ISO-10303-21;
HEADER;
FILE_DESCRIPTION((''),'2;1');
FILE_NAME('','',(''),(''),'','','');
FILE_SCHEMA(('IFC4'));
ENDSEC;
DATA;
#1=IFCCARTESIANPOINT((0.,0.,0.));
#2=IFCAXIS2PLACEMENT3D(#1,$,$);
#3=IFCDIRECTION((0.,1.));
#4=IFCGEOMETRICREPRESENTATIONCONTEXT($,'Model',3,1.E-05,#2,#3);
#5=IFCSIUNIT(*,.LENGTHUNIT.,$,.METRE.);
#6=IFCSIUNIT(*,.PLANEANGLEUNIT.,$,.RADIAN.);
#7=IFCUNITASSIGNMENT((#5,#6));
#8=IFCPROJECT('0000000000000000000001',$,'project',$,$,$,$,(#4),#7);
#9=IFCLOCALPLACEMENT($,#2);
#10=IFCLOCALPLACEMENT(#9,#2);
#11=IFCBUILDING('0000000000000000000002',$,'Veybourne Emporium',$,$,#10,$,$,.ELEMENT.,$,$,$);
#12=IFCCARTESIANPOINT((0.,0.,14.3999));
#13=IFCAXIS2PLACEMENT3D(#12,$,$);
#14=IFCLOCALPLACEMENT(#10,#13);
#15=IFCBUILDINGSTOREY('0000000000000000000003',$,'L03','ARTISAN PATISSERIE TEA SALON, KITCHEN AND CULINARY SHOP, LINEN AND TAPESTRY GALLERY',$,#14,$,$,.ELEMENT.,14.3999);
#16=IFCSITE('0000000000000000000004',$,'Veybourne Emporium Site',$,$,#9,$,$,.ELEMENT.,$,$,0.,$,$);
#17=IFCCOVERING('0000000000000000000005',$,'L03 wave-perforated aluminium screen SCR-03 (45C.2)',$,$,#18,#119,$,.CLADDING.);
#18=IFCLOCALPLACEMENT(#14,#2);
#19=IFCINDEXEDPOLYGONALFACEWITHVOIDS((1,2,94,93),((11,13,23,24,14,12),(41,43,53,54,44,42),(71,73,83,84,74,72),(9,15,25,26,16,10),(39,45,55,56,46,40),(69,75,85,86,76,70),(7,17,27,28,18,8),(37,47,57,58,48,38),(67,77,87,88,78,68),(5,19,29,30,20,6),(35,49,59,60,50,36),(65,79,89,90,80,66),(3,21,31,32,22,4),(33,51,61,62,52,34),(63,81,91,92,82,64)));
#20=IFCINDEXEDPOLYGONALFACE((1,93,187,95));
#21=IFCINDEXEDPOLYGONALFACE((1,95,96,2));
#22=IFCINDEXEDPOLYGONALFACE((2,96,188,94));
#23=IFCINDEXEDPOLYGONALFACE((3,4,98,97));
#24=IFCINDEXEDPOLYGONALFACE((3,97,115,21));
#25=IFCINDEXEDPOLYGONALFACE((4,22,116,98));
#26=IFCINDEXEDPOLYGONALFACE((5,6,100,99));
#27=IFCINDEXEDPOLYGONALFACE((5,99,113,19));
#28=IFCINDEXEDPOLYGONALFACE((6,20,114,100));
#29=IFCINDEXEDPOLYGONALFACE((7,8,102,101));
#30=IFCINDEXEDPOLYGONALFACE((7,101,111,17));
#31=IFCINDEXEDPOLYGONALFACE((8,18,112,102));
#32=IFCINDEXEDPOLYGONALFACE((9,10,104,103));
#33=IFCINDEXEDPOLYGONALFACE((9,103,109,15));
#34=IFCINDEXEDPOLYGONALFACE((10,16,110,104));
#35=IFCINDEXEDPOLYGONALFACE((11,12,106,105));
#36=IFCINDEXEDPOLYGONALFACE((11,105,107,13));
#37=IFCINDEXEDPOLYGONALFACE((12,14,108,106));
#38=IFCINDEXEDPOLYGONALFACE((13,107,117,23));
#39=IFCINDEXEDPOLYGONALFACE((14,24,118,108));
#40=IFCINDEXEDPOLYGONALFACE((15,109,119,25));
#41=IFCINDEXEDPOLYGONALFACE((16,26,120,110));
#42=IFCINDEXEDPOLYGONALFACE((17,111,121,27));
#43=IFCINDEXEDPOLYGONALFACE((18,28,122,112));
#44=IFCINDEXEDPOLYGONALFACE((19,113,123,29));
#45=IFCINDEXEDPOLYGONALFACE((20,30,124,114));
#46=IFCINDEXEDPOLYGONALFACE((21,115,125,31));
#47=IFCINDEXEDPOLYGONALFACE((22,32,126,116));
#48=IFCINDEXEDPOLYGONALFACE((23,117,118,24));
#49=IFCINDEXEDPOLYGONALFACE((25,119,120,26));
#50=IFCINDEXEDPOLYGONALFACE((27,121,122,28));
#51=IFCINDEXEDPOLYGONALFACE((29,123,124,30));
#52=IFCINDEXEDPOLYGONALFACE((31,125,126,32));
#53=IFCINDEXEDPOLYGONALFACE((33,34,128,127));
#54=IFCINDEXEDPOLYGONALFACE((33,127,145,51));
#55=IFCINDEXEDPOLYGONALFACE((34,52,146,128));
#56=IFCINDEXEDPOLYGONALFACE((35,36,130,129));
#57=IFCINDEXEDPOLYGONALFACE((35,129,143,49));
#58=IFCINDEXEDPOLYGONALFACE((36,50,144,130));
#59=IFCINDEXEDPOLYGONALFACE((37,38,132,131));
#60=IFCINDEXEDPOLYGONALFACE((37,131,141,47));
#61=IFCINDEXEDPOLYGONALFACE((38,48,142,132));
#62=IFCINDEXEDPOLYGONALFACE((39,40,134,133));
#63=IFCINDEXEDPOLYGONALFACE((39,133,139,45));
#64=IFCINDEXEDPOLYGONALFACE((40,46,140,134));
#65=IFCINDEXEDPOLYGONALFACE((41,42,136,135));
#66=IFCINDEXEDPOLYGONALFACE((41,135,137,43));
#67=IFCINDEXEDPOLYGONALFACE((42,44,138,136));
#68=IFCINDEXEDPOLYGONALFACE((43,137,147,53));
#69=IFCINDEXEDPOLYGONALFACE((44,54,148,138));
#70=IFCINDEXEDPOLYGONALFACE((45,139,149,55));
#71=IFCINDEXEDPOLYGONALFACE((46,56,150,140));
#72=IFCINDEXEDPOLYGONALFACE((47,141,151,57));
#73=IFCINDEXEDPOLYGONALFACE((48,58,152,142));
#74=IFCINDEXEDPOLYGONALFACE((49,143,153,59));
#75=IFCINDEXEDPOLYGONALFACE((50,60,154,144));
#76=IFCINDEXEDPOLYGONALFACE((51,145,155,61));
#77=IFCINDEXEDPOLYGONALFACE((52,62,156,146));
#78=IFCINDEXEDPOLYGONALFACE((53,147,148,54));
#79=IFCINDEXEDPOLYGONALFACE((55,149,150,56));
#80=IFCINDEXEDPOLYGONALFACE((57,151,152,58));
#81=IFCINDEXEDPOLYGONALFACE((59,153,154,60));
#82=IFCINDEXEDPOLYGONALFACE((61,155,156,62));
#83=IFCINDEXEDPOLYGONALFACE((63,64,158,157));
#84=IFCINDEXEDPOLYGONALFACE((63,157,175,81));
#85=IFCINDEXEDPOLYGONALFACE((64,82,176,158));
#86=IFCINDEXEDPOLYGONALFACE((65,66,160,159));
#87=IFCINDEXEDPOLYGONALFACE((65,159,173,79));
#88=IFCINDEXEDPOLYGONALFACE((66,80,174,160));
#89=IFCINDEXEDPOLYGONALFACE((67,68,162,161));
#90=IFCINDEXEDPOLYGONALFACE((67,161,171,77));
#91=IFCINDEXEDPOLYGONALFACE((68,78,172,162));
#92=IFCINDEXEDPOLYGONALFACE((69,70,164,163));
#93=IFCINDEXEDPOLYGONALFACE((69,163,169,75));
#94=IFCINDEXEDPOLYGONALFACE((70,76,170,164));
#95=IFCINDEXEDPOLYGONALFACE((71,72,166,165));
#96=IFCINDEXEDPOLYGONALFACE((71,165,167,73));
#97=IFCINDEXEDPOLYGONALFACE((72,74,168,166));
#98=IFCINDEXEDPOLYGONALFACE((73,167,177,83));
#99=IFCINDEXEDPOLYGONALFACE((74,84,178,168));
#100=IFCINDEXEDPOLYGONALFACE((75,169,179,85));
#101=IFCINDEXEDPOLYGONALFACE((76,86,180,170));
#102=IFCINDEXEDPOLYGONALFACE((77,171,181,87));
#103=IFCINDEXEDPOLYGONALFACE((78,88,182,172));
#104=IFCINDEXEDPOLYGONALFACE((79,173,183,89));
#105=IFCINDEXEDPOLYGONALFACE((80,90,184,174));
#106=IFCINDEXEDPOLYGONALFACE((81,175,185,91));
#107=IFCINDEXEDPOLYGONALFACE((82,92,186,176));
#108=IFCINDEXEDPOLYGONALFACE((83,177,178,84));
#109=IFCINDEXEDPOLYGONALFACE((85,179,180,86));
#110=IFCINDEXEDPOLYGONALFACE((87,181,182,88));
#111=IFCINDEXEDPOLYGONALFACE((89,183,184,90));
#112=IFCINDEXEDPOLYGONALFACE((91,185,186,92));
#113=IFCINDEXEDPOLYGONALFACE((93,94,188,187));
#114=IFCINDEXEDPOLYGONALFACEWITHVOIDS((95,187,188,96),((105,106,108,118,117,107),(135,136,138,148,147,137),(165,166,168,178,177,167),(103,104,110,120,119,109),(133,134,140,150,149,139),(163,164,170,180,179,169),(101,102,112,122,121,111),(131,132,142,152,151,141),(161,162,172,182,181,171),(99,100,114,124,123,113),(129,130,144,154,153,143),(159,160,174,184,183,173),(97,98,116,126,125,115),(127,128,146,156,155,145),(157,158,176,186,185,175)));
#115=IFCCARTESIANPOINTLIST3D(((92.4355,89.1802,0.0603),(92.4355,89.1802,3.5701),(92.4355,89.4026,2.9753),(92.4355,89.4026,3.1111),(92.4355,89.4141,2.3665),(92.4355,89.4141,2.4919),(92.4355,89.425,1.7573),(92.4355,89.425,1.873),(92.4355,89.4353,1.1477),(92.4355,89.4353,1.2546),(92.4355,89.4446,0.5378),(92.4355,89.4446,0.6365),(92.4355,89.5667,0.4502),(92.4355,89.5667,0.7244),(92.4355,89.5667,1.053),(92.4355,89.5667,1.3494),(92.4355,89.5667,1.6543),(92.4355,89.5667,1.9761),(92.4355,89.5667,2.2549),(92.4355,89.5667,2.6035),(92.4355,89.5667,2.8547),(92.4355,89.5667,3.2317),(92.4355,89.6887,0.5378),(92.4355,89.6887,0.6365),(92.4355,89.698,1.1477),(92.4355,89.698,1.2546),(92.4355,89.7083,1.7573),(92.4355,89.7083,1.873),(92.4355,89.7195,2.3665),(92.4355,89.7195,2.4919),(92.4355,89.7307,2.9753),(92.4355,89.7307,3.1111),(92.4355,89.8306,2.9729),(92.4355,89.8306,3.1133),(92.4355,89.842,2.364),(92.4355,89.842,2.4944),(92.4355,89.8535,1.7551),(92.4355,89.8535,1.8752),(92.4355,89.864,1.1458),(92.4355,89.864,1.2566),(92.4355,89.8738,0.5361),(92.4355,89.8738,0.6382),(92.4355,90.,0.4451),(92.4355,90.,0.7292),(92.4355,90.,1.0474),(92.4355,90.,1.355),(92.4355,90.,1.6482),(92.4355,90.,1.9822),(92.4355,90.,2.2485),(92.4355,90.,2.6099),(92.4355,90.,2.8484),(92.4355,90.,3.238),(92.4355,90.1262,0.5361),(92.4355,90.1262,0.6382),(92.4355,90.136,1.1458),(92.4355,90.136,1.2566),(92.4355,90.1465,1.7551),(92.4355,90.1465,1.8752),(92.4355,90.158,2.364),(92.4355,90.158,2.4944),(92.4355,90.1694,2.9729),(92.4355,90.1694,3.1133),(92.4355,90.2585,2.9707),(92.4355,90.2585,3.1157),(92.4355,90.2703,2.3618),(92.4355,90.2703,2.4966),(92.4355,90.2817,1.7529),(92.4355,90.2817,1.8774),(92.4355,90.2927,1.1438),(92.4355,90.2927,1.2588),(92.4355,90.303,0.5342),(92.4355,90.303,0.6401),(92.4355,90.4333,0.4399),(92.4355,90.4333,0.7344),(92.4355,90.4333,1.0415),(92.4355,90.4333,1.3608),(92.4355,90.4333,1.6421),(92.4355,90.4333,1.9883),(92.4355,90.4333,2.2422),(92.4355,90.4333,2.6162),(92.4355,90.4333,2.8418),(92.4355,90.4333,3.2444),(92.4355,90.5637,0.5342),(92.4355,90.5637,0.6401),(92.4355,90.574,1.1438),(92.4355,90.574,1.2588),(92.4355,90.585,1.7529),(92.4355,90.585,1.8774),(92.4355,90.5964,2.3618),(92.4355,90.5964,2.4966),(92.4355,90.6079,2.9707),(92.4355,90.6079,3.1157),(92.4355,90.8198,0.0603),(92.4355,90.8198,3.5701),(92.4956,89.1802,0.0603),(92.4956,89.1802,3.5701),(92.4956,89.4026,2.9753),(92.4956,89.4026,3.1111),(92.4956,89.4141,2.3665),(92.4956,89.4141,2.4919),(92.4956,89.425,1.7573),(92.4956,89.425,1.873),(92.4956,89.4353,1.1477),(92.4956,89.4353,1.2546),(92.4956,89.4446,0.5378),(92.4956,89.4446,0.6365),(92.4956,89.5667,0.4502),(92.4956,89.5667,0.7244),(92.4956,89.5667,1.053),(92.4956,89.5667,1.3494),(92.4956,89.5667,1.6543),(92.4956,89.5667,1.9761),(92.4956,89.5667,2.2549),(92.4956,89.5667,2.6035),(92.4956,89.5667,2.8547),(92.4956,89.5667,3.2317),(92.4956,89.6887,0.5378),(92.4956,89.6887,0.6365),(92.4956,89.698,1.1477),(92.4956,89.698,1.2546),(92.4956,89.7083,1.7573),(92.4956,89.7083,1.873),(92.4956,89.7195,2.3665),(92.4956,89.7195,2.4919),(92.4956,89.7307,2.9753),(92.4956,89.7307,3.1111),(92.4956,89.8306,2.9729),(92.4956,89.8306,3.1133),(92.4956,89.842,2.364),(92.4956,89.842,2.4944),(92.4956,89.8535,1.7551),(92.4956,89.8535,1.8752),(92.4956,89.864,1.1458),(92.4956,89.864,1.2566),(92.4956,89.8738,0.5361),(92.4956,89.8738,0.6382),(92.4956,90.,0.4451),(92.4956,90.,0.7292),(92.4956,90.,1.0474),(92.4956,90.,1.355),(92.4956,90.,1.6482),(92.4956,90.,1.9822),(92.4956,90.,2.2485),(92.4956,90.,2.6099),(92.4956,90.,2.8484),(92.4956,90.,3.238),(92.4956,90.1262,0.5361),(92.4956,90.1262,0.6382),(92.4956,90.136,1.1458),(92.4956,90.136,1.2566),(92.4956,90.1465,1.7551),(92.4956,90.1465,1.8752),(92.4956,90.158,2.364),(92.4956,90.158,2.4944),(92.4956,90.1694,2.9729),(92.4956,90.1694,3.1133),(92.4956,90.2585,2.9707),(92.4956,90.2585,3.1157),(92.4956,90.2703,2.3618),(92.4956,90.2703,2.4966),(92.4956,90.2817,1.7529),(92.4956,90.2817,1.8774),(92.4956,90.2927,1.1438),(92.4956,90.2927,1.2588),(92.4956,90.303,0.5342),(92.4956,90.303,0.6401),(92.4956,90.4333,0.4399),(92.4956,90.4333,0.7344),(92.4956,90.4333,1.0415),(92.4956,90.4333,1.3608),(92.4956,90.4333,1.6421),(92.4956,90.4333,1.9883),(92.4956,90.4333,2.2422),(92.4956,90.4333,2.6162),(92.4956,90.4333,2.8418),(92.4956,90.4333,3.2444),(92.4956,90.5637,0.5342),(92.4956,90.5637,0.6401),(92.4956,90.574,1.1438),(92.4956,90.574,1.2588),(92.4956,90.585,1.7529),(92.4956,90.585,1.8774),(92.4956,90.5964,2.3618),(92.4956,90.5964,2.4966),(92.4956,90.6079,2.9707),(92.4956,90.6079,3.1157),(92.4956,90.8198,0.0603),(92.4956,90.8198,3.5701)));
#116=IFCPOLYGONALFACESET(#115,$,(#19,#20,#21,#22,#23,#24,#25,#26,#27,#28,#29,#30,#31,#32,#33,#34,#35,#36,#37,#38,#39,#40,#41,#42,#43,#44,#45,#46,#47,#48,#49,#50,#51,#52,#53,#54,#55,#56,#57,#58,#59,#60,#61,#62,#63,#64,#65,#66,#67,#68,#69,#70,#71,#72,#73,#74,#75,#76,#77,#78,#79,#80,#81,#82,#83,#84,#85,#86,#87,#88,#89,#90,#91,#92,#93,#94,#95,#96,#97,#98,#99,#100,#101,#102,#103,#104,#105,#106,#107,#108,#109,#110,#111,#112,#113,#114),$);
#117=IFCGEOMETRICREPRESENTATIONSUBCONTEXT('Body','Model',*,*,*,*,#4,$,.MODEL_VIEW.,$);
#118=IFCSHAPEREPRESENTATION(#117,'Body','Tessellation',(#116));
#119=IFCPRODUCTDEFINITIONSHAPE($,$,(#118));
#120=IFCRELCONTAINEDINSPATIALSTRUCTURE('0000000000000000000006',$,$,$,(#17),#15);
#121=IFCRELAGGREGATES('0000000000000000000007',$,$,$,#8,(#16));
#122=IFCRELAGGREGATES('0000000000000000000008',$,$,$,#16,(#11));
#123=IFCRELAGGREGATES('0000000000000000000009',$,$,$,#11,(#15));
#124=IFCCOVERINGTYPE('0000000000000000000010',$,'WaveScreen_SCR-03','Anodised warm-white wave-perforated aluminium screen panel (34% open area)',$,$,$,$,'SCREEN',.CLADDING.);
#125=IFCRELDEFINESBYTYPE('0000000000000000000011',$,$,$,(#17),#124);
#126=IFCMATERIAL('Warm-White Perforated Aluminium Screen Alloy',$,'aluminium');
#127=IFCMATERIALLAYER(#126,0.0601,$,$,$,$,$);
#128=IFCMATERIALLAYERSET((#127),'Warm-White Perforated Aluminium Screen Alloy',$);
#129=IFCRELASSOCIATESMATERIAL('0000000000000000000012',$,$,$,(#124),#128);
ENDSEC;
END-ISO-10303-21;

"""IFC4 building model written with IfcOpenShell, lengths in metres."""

from ifc_helpers import new_model, si_unit, direction, frame, origin, place, context, subcontext, project, spatial, polyline, outline, extrude, material, layer, layer_set, type_object, element, save


model = new_model("IFC4")

# Units and contexts
model_context = context("Model", 3, precision=1e-05, world=origin(), true_north=direction((0.0, 1.0)))
body_context = subcontext(model_context, "Body", "Model", "MODEL_VIEW")
ifc_project = project(units=[si_unit("LENGTHUNIT", "METRE"), si_unit("PLANEANGLEUNIT", "RADIAN")], contexts=[model_context])

# Site, building, storey
site_placement = place(None, origin())
site = spatial("IfcSite", under=ifc_project, at=site_placement, Name="Veybourne Emporium Site", CompositionType="ELEMENT", RefElevation=0.0)
building_placement = place(site_placement, origin())
building = spatial("IfcBuilding", under=site, at=building_placement, Name="Veybourne Emporium", CompositionType="ELEMENT")
storey_placement = place(building_placement, frame((0.0, 0.0, 14.3999)))
storey = spatial("IfcBuildingStorey", under=building, at=storey_placement, Name="L03", Description="ARTISAN PATISSERIE TEA SALON, KITCHEN AND CULINARY SHOP, LINEN AND TAPESTRY GALLERY", CompositionType="ELEMENT", Elevation=14.3999)

# Covering
ifc_material_1 = material(Name="Warm-White Perforated Aluminium Screen Alloy", Category="aluminium")
ifc_layer_1 = layer(ifc_material_1, 0.0601)
ifc_layer_set_1 = layer_set([ifc_layer_1], Name="Warm-White Perforated Aluminium Screen Alloy")
covering_type_1 = type_object("IfcCoveringType", Name="WaveScreen_SCR-03", Description="Anodised warm-white wave-perforated aluminium screen panel (34% open area)", ElementType="SCREEN", PredefinedType="CLADDING", material=ifc_layer_set_1)
covering_1_placement = place(storey_placement, frame((92.4956, 90.0, 1.8152), z_axis=(-1.0, 0.0, 0.0), x_axis=(0.0, -1.0, 0.0)))
element("IfcCovering", 1, at=covering_1_placement, inside=storey, type_object=covering_type_1, Name="L03 wave-perforated aluminium screen SCR-03 (45C.2)", PredefinedType="CLADDING", context=body_context, shape_type="SweptSolid", body=[
    extrude(outline(polyline([(-0.8198, -1.7549), (0.8198, -1.7549), (0.8198, 1.7549), (-0.8198, 1.7549), (-0.8198, -1.7549)]), holes=[polyline([(-0.4333, -1.0808), (-0.303, -1.175), (-0.303, -1.281), (-0.4333, -1.3752), (-0.5637, -1.281), (-0.5637, -1.175), (-0.4333, -1.0808)]), polyline([(-0.4333, -0.4543), (-0.2927, -0.5564), (-0.2927, -0.6714), (-0.4333, -0.7737), (-0.574, -0.6714), (-0.574, -0.5564), (-0.4333, -0.4543)]), polyline([(-0.4333, 0.1731), (-0.2817, 0.0623), (-0.2817, -0.0623), (-0.4333, -0.1731), (-0.585, -0.0623), (-0.585, 0.0623), (-0.4333, 0.1731)]), polyline([(-0.4333, 0.801), (-0.2703, 0.6814), (-0.2703, 0.5466), (-0.4333, 0.427), (-0.5964, 0.5466), (-0.5964, 0.6814), (-0.4333, 0.801)]), polyline([(-0.4333, 1.4292), (-0.2585, 1.3005), (-0.2585, 1.1555), (-0.4333, 1.0266), (-0.6079, 1.1555), (-0.6079, 1.3005), (-0.4333, 1.4292)]), polyline([(0.0, -1.0859), (0.1262, -1.177), (0.1262, -1.2791), (0.0, -1.3701), (-0.1262, -1.2791), (-0.1262, -1.177), (0.0, -1.0859)]), polyline([(0.0, -0.4602), (0.136, -0.5586), (0.136, -0.6694), (0.0, -0.7678), (-0.136, -0.6694), (-0.136, -0.5586), (0.0, -0.4602)]), polyline([(0.0, 0.167), (0.1465, 0.0601), (0.1465, -0.0601), (0.0, -0.167), (-0.1465, -0.0601), (-0.1465, 0.0601), (0.0, 0.167)]), polyline([(0.0, 0.7947), (0.158, 0.6792), (0.158, 0.5488), (0.0, 0.4333), (-0.158, 0.5488), (-0.158, 0.6792), (0.0, 0.7947)]), polyline([(0.0, 1.4229), (0.1694, 1.2981), (0.1694, 1.1577), (0.0, 1.0332), (-0.1694, 1.1577), (-0.1694, 1.2981), (0.0, 1.4229)]), polyline([(0.4333, -1.0908), (0.5554, -1.1787), (0.5554, -1.2773), (0.4333, -1.365), (0.3113, -1.2773), (0.3113, -1.1787), (0.4333, -1.0908)]), polyline([(0.4333, -0.4658), (0.5647, -0.5605), (0.5647, -0.6675), (0.4333, -0.7622), (0.302, -0.6675), (0.302, -0.5605), (0.4333, -0.4658)]), polyline([(0.4333, 0.1609), (0.575, 0.0579), (0.575, -0.0579), (0.4333, -0.1609), (0.2917, -0.0579), (0.2917, 0.0579), (0.4333, 0.1609)]), polyline([(0.4333, 0.7883), (0.5859, 0.6768), (0.5859, 0.5513), (0.4333, 0.4397), (0.2805, 0.5513), (0.2805, 0.6768), (0.4333, 0.7883)]), polyline([(0.4333, 1.4165), (0.5974, 1.2959), (0.5974, 1.1602), (0.4333, 1.0396), (0.2693, 1.1602), (0.2693, 1.2959), (0.4333, 1.4165)])]), origin(), (0.0, 0.0, 1.0), 0.0601),
])

save(model, "model.ifc")
